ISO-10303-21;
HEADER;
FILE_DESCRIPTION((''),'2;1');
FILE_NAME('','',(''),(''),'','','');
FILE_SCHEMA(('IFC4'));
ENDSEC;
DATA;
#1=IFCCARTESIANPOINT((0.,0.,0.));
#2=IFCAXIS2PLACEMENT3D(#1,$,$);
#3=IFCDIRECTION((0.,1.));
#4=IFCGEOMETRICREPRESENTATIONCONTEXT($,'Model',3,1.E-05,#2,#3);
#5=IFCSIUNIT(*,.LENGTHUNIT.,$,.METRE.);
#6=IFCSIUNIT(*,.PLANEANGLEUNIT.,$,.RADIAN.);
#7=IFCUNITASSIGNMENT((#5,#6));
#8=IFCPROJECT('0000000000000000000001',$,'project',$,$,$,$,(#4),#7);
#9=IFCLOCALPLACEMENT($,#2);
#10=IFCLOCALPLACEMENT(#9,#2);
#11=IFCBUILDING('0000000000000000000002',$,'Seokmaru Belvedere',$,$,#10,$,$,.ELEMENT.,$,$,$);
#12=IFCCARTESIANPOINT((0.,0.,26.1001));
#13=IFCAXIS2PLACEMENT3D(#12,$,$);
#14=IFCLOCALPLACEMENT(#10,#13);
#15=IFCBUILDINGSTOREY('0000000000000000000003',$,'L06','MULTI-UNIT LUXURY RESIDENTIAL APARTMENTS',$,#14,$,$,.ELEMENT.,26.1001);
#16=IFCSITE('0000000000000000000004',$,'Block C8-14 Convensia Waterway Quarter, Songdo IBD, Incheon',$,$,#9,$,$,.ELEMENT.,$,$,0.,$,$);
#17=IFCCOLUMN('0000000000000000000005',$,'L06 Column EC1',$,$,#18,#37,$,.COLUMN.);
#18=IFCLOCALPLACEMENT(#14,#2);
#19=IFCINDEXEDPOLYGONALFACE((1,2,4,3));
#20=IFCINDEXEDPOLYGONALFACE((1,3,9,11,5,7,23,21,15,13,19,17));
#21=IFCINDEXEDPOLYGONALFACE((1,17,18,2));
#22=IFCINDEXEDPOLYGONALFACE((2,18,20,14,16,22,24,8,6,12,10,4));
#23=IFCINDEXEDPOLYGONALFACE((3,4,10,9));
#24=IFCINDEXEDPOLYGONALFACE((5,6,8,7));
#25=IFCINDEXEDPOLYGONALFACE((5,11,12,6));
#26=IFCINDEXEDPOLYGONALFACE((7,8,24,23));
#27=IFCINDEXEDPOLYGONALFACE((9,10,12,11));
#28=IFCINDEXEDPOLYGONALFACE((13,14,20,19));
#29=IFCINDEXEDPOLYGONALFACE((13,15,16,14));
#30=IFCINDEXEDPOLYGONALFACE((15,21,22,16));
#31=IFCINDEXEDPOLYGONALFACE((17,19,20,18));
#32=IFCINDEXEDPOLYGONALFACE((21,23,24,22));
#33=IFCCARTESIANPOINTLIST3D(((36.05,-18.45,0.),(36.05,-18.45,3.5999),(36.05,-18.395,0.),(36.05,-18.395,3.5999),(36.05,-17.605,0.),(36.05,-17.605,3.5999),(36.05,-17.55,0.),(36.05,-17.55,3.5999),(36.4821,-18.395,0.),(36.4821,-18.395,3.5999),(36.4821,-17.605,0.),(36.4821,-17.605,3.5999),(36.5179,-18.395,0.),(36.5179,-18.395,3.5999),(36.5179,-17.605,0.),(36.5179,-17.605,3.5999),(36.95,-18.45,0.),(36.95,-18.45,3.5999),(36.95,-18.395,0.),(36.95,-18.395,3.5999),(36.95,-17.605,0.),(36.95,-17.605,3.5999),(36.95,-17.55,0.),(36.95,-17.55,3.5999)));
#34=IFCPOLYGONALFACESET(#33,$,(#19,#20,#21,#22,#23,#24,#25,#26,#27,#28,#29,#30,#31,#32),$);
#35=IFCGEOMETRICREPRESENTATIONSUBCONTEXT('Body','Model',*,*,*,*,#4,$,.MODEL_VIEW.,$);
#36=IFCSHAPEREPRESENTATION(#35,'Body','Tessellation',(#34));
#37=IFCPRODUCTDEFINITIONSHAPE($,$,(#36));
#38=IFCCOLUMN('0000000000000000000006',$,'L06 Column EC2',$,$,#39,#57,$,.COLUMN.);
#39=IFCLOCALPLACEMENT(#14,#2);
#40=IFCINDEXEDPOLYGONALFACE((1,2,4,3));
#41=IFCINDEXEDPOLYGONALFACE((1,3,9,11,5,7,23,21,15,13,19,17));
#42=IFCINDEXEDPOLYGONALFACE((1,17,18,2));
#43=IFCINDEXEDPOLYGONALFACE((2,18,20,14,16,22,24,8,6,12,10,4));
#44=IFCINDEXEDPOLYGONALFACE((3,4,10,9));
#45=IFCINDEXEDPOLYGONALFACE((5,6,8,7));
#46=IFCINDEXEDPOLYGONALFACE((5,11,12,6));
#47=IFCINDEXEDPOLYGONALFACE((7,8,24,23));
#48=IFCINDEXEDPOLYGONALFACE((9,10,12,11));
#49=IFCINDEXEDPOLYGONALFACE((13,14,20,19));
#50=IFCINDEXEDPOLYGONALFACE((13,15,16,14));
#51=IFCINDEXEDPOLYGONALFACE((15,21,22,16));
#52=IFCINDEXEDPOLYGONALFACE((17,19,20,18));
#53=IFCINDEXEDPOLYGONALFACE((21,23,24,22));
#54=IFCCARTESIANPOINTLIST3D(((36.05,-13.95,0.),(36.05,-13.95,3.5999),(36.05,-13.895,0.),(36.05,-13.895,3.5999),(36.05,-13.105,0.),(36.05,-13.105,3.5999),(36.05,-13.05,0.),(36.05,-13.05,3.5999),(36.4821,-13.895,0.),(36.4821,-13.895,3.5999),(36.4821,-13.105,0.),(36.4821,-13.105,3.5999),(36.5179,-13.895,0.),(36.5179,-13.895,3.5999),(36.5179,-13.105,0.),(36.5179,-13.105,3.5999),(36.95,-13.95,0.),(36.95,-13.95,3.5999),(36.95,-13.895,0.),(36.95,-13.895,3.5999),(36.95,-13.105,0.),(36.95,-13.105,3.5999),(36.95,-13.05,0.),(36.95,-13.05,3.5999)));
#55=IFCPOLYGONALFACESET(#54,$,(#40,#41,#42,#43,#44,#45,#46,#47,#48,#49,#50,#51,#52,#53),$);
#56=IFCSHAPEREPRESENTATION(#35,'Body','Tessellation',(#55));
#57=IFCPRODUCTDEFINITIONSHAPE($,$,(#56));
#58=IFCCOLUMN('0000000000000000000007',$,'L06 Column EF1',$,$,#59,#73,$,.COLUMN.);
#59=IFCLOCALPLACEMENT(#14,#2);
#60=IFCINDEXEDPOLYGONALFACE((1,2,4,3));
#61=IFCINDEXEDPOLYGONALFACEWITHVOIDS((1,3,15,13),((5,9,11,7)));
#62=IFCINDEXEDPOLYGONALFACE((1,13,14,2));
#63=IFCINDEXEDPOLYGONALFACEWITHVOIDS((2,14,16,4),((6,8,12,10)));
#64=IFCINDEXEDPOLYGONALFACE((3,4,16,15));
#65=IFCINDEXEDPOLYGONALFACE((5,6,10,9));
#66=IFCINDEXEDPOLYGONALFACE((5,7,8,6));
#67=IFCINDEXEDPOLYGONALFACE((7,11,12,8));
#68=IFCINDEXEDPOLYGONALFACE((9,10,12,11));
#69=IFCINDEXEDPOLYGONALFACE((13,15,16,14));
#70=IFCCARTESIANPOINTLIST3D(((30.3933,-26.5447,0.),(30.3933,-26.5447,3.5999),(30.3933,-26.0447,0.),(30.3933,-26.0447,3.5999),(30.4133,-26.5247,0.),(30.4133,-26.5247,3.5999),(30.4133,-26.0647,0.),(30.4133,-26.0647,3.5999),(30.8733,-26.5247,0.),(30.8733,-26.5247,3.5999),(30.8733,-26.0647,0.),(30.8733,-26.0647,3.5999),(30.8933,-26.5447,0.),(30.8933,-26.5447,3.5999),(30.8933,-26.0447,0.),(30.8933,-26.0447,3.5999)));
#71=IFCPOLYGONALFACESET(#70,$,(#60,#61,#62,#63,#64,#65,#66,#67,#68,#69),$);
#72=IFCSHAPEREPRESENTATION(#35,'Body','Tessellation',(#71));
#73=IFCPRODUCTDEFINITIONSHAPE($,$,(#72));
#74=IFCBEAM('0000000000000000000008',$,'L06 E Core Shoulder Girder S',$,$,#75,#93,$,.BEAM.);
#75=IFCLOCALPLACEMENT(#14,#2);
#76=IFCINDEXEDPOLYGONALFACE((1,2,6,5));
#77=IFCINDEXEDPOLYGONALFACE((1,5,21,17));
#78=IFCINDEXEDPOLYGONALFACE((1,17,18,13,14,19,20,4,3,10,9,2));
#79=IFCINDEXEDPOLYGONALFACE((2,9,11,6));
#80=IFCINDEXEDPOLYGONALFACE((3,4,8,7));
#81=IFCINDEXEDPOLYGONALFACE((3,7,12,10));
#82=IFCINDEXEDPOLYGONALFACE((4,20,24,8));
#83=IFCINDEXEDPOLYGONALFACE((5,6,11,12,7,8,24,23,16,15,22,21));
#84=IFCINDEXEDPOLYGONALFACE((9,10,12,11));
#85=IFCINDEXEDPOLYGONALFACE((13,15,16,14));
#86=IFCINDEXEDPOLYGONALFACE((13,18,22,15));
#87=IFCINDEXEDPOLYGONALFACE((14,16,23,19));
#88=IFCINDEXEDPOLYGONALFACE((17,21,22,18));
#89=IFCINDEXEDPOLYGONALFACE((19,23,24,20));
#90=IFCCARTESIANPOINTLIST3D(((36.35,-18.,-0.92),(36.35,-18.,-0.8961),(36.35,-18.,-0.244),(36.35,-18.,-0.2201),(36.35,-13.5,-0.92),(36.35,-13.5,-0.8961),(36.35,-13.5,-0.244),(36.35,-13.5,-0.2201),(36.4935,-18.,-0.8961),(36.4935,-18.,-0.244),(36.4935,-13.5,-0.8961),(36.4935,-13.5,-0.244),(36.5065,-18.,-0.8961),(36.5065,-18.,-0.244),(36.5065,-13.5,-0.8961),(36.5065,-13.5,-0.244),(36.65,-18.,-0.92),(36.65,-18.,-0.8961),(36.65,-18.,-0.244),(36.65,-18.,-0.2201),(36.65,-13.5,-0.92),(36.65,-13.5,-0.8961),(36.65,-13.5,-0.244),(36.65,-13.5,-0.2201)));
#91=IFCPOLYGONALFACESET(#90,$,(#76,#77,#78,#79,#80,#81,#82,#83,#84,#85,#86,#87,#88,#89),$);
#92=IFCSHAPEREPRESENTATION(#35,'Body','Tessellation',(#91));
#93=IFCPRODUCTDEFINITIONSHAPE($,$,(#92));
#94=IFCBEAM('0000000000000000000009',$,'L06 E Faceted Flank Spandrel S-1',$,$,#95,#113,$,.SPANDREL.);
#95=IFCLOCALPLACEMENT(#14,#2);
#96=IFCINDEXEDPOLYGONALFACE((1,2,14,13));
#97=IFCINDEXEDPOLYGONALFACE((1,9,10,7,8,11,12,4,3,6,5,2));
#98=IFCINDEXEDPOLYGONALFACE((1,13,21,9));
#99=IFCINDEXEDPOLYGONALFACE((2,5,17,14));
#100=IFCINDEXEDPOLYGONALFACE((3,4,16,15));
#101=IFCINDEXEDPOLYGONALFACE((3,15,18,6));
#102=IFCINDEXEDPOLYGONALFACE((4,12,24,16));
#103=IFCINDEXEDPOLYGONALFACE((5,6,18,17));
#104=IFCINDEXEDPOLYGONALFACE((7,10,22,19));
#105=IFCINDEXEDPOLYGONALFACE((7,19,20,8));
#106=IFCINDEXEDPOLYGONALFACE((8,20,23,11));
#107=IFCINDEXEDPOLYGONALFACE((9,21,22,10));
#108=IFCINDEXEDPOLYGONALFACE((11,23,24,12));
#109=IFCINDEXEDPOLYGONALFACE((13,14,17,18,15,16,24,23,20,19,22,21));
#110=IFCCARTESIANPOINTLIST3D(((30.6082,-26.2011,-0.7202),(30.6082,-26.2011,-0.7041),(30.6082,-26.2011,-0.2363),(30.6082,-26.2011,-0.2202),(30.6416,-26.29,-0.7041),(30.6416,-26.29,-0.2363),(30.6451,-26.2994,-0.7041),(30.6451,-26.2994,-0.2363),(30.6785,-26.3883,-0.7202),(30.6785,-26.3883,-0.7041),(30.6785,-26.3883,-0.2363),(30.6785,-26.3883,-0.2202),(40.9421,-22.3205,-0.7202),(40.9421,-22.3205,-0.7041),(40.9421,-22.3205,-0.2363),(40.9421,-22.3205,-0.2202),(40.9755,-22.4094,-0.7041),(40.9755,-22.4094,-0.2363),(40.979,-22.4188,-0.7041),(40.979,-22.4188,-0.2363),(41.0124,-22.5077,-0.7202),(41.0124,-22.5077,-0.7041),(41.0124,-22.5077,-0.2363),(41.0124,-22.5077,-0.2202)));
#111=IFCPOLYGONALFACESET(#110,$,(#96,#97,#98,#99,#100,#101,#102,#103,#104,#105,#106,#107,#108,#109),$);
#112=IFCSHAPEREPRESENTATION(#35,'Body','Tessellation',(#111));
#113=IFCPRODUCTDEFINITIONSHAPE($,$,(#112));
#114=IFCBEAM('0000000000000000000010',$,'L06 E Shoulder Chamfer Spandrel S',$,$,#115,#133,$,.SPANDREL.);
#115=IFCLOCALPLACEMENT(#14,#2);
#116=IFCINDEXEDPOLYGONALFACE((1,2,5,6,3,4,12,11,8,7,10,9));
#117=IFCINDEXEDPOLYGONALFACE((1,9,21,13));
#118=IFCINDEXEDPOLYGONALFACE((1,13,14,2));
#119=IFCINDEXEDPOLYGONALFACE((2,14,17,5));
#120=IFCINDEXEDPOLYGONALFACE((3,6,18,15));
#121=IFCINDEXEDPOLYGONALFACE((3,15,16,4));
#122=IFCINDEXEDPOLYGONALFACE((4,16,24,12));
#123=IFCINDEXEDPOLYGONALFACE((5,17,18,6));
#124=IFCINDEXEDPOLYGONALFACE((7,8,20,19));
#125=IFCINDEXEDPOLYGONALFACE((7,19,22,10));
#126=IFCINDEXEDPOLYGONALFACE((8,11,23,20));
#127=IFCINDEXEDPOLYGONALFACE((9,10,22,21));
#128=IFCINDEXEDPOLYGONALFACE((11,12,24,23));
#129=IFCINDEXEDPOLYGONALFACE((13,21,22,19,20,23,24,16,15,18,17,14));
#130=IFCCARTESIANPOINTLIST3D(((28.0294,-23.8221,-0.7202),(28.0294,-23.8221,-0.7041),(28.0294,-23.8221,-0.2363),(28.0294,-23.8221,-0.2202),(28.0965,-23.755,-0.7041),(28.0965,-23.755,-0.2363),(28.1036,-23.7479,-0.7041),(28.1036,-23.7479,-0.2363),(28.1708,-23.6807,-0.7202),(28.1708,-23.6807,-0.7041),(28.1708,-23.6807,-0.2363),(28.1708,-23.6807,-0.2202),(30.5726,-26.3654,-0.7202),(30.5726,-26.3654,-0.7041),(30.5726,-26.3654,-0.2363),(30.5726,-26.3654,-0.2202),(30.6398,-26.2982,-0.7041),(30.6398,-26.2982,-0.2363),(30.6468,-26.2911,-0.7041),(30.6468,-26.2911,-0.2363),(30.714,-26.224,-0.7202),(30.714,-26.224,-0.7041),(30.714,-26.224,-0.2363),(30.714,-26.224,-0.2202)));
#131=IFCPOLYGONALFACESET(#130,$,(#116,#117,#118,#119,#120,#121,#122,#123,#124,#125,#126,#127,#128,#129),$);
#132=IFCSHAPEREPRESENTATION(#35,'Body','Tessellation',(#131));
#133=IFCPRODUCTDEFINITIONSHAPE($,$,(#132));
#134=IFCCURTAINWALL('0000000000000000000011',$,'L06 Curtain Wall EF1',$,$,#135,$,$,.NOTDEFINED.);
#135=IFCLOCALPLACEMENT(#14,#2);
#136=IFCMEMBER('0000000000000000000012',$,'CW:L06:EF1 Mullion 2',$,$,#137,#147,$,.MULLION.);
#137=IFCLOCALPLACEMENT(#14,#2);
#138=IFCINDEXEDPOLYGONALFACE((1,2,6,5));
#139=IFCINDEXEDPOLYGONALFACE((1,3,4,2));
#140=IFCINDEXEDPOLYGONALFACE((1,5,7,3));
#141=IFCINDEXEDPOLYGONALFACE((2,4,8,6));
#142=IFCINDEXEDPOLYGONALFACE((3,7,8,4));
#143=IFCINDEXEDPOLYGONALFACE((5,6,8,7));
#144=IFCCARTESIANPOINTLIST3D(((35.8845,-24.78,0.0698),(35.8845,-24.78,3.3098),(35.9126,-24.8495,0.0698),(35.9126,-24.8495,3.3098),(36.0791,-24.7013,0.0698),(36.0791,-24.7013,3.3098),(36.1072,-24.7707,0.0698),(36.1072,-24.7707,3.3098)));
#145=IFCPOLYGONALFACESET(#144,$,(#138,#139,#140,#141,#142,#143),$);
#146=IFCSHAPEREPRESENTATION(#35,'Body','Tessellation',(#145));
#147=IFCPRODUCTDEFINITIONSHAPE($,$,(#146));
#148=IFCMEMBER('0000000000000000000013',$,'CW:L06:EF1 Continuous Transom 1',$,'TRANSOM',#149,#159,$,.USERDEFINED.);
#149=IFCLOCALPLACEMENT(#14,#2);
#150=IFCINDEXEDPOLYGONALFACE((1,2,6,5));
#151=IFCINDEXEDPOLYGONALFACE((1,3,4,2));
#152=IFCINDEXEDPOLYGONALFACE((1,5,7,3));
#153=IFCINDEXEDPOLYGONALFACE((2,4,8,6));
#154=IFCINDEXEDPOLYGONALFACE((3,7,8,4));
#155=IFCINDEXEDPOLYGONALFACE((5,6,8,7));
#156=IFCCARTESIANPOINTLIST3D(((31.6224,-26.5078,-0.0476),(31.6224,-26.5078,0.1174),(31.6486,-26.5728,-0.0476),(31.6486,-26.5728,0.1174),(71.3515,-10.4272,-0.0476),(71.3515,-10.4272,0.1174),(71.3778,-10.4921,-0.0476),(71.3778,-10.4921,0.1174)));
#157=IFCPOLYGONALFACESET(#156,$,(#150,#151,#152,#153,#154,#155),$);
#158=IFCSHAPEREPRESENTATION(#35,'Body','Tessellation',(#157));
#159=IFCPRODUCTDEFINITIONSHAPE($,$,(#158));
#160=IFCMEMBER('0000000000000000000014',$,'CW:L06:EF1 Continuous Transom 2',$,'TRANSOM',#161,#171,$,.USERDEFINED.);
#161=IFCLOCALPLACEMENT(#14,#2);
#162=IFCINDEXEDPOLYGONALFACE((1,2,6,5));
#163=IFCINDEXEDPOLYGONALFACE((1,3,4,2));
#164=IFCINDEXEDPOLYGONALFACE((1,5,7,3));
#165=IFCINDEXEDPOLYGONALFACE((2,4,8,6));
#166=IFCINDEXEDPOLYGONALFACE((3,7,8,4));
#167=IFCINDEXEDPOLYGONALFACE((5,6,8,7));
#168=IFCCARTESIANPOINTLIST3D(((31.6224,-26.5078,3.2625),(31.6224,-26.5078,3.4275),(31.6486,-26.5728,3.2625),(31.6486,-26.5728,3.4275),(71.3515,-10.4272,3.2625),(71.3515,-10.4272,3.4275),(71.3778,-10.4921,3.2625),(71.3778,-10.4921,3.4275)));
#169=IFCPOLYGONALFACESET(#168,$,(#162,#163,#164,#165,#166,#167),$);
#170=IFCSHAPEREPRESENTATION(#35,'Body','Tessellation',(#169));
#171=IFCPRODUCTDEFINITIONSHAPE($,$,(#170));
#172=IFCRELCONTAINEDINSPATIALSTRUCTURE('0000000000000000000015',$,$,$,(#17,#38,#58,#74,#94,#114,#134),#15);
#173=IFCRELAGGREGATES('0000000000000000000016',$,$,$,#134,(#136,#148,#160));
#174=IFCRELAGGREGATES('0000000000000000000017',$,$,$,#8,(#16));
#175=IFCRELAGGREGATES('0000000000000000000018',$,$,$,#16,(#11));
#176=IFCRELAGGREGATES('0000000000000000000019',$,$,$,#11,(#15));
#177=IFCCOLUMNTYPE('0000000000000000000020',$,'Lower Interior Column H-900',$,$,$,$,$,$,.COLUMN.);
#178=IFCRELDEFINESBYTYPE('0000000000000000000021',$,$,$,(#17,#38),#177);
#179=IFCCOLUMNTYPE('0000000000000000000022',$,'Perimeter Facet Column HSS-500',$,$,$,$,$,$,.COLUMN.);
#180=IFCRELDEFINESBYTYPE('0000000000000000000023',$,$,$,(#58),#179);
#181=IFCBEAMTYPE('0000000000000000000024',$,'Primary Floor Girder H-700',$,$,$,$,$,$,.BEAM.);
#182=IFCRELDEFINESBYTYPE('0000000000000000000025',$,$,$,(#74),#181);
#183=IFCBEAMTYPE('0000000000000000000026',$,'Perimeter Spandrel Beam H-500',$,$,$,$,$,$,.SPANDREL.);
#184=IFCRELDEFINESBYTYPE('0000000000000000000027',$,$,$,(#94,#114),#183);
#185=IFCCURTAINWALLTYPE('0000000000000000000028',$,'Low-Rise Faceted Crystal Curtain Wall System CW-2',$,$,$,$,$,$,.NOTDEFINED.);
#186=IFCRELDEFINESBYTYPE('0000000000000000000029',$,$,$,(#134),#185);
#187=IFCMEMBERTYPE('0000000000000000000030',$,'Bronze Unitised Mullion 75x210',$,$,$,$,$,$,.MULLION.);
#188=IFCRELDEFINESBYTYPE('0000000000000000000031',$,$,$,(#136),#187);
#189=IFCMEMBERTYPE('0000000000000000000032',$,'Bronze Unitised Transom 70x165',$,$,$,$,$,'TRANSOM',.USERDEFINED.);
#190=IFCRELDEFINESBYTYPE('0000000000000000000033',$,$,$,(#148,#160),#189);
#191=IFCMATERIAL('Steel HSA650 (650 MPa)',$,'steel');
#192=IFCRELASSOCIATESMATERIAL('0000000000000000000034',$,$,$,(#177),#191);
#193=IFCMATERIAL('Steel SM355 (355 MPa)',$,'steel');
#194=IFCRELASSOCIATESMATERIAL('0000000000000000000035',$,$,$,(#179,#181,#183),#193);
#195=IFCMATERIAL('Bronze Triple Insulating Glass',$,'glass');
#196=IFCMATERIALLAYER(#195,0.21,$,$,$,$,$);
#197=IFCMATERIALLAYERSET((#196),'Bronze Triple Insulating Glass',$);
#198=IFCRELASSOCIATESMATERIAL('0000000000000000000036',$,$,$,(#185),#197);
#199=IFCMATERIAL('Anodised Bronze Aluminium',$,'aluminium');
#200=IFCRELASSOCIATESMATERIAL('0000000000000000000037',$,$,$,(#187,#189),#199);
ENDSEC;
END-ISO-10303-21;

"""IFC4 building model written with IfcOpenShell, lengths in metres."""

from ifc_helpers import new_model, si_unit, direction, frame, origin, origin_2d, place, context, subcontext, project, spatial, rectangle, hollow_rectangle, i_section, extrude, source, transform, mapped, material, layer, layer_set, material_profile, profile_set, type_object, type_shapes, element, aggregate, save


model = new_model("IFC4")

# Units and contexts
model_context = context("Model", 3, precision=1e-05, world=origin(), true_north=direction((0.0, 1.0)))
body_context = subcontext(model_context, "Body", "Model", "MODEL_VIEW")
ifc_project = project(units=[si_unit("LENGTHUNIT", "METRE"), si_unit("PLANEANGLEUNIT", "RADIAN")], contexts=[model_context])

# Site, building, storey
site_placement = place(None, origin())
site = spatial("IfcSite", under=ifc_project, at=site_placement, Name="Block C8-14 Convensia Waterway Quarter, Songdo IBD, Incheon", CompositionType="ELEMENT", RefElevation=0.0)
building_placement = place(site_placement, origin())
building = spatial("IfcBuilding", under=site, at=building_placement, Name="Seokmaru Belvedere", CompositionType="ELEMENT")
storey_placement = place(building_placement, frame((0.0, 0.0, 26.1001)))
storey = spatial("IfcBuildingStorey", under=building, at=storey_placement, Name="L06", Description="MULTI-UNIT LUXURY RESIDENTIAL APARTMENTS", CompositionType="ELEMENT", Elevation=26.1001)

# Columns
ifc_material_1 = material(Name="Steel HSA650 (650 MPa)", Category="steel")
ifc_material_profile_1 = material_profile(ifc_material_1, i_section(OverallWidth=0.8999, OverallDepth=0.8999, WebThickness=0.0359, FlangeThickness=0.0549, at=origin_2d()), Name="H-900x900x36x55")
ifc_profile_set_1 = profile_set([ifc_material_profile_1], Name="Steel HSA650 (650 MPa)")
column_type_1 = type_object("IfcColumnType", Name="Lower Interior Column H-900", PredefinedType="COLUMN", material=ifc_profile_set_1)
shared_shape_1 = source(origin(), body_context, "Body", "SweptSolid", [
    extrude(i_section(OverallWidth=0.8999, OverallDepth=0.8999, WebThickness=0.0359, FlangeThickness=0.0549, at=origin_2d()), origin(), (0.0, 0.0, 1.0), 3.5999),
])
type_shapes(column_type_1, [shared_shape_1])
for number, where, z_axis, x_axis, name in (
    (1, (36.5, -18.0, 0.0), (0.0, 0.0, 1.0), (1.0, 0.0, 0.0), "L06 Column EC1"),
    (2, (36.5, -13.5, 0.0), (0.0, 0.0, 1.0), (1.0, 0.0, 0.0), "L06 Column EC2"),
):
    element("IfcColumn", number, at=place(storey_placement, frame(where, z_axis=z_axis, x_axis=x_axis)), inside=storey, type_object=column_type_1, Name=name, PredefinedType="COLUMN", context=body_context, shape_type="MappedRepresentation", body=[
        mapped(shared_shape_1, transform((0.0, 0.0, 0.0), scale=1.0)),
    ])
ifc_material_2 = material(Name="Steel SM355 (355 MPa)", Category="steel")
ifc_material_profile_2 = material_profile(ifc_material_2, hollow_rectangle(XDim=0.5, YDim=0.5, WallThickness=0.02, at=origin_2d()), Name="HSS-500x500x20")
ifc_profile_set_2 = profile_set([ifc_material_profile_2], Name="Steel SM355 (355 MPa)")
column_type_2 = type_object("IfcColumnType", Name="Perimeter Facet Column HSS-500", PredefinedType="COLUMN", material=ifc_profile_set_2)
shared_shape_2 = source(origin(), body_context, "Body", "SweptSolid", [
    extrude(hollow_rectangle(XDim=0.5, YDim=0.5, WallThickness=0.02, at=origin_2d()), origin(), (0.0, 0.0, 1.0), 3.5999),
])
type_shapes(column_type_2, [shared_shape_2])
column_placement = place(storey_placement, frame((30.6433, -26.2947, 0.0), z_axis=(0.0, 0.0, 1.0), x_axis=(1.0, 0.0, 0.0)))
element("IfcColumn", 3, at=column_placement, inside=storey, type_object=column_type_2, Name="L06 Column EF1", PredefinedType="COLUMN", context=body_context, shape_type="MappedRepresentation", body=[
    mapped(shared_shape_2, transform((0.0, 0.0, 0.0), scale=1.0)),
])

# Beams
ifc_material_profile_3 = material_profile(ifc_material_2, i_section(OverallWidth=0.3, OverallDepth=0.7, WebThickness=0.0129, FlangeThickness=0.0239, at=origin_2d()), Name="H-700x300x13x24")
ifc_profile_set_3 = profile_set([ifc_material_profile_3], Name="Steel SM355 (355 MPa)")
beam_type_1 = type_object("IfcBeamType", Name="Primary Floor Girder H-700", PredefinedType="BEAM", material=ifc_profile_set_3)
shared_shape_3 = source(origin(), body_context, "Body", "SweptSolid", [
    extrude(i_section(OverallWidth=0.3, OverallDepth=0.7, WebThickness=0.0129, FlangeThickness=0.0239, at=origin_2d()), origin(), (0.0, 0.0, 1.0), 4.5),
])
type_shapes(beam_type_1, [shared_shape_3])
beam_1_placement = place(storey_placement, frame((36.5, -18.0, -0.5701), z_axis=(0.0, 1.0, 0.0), x_axis=(-1.0, 0.0, 0.0)))
element("IfcBeam", 4, at=beam_1_placement, inside=storey, type_object=beam_type_1, Name="L06 E Core Shoulder Girder S", PredefinedType="BEAM", context=body_context, shape_type="MappedRepresentation", body=[
    mapped(shared_shape_3, transform((0.0, 0.0, 0.0), scale=1.0)),
])
ifc_material_profile_4 = material_profile(ifc_material_2, i_section(OverallWidth=0.2, OverallDepth=0.5, WebThickness=0.01, FlangeThickness=0.0161, at=origin_2d()), Name="H-500x200x10x16")
ifc_profile_set_4 = profile_set([ifc_material_profile_4], Name="Steel SM355 (355 MPa)")
beam_type_2 = type_object("IfcBeamType", Name="Perimeter Spandrel Beam H-500", PredefinedType="SPANDREL", material=ifc_profile_set_4)
shared_shape_4 = source(origin(), body_context, "Body", "SweptSolid", [
    extrude(i_section(OverallWidth=0.2, OverallDepth=0.5, WebThickness=0.01, FlangeThickness=0.0161, at=origin_2d()), origin(), (0.0, 0.0, 1.0), 11.0386),
])
beam_2_placement = place(storey_placement, frame((30.6433, -26.2947, -0.4702), z_axis=(0.936169, 0.35155, 0.0), x_axis=(-0.35155, 0.936169, 0.0)))
element("IfcBeam", 5, at=beam_2_placement, inside=storey, type_object=beam_type_2, Name="L06 E Faceted Flank Spandrel S-1", PredefinedType="SPANDREL", context=body_context, shape_type="MappedRepresentation", body=[
    mapped(shared_shape_4, transform((0.0, 0.0, 0.0), scale=1.0)),
])
shared_shape_5 = source(origin(), body_context, "Body", "SweptSolid", [
    extrude(i_section(OverallWidth=0.2, OverallDepth=0.5, WebThickness=0.01, FlangeThickness=0.0161, at=origin_2d()), origin(), (0.0, 0.0, 1.0), 3.5967),
])
type_shapes(beam_type_2, [shared_shape_4, shared_shape_5])
beam_3_placement = place(storey_placement, frame((30.6433, -26.2947, -0.4702), z_axis=(-0.707107, 0.707107, 0.0), x_axis=(-0.707107, -0.707107, 0.0)))
element("IfcBeam", 6, at=beam_3_placement, inside=storey, type_object=beam_type_2, Name="L06 E Shoulder Chamfer Spandrel S", PredefinedType="SPANDREL", context=body_context, shape_type="MappedRepresentation", body=[
    mapped(shared_shape_5, transform((0.0, 0.0, 0.0), scale=1.0)),
])

# Curtain wall, members
ifc_material_3 = material(Name="Bronze Triple Insulating Glass", Category="glass")
ifc_layer_1 = layer(ifc_material_3, 0.21)
ifc_layer_set_1 = layer_set([ifc_layer_1], Name="Bronze Triple Insulating Glass")
curtain_wall_type = type_object("IfcCurtainWallType", Name="Low-Rise Faceted Crystal Curtain Wall System CW-2", PredefinedType="NOTDEFINED", material=ifc_layer_set_1)
curtain_wall_placement = place(storey_placement, origin())
curtain_wall = element("IfcCurtainWall", 7, at=curtain_wall_placement, inside=storey, type_object=curtain_wall_type, Name="L06 Curtain Wall EF1", PredefinedType="NOTDEFINED")
ifc_material_4 = material(Name="Anodised Bronze Aluminium", Category="aluminium")
ifc_material_profile_5 = material_profile(ifc_material_4, rectangle(XDim=0.075, YDim=0.21, at=origin_2d()), Name="CW-M-75x210")
ifc_profile_set_5 = profile_set([ifc_material_profile_5], Name="Anodised Bronze Aluminium")
member_type_1 = type_object("IfcMemberType", Name="Bronze Unitised Mullion 75x210", PredefinedType="MULLION", material=ifc_profile_set_5)
shared_shape_6 = source(origin(), body_context, "Body", "SweptSolid", [
    extrude(rectangle(XDim=0.075, YDim=0.21, at=origin_2d()), origin(), (0.0, 0.0, 1.0), 3.24),
])
member_1_placement = place(storey_placement, frame((35.9958, -24.7754, 0.0698), z_axis=(0.0, 0.0, 1.0), x_axis=(-0.375192, 0.926947, 0.0)))
member_1 = element("IfcMember", 8, at=member_1_placement, type_object=member_type_1, Name="CW:L06:EF1 Mullion 2", PredefinedType="MULLION", context=body_context, shape_type="MappedRepresentation", body=[
    mapped(shared_shape_6, transform((0.0, 0.0, 0.0), scale=1.0)),
])
ifc_material_profile_6 = material_profile(ifc_material_4, rectangle(XDim=0.0701, YDim=0.165, at=origin_2d()), Name="CW-T-70x165")
ifc_profile_set_6 = profile_set([ifc_material_profile_6], Name="Anodised Bronze Aluminium")
member_type_2 = type_object("IfcMemberType", Name="Bronze Unitised Transom 70x165", ElementType="TRANSOM", PredefinedType="USERDEFINED", material=ifc_profile_set_6)
shared_shape_7 = source(origin(), body_context, "Body", "SweptSolid", [
    extrude(rectangle(XDim=0.0701, YDim=0.165, at=origin_2d()), origin(), (0.0, 0.0, 1.0), 42.8601),
])
type_shapes(member_type_2, [shared_shape_7])
member_2_placement = place(storey_placement, frame((31.6355, -26.5403, 0.0349), z_axis=(0.926949, 0.375188, 0.0), x_axis=(-0.375188, 0.926949, 0.0)))
member_2 = element("IfcMember", 9, at=member_2_placement, type_object=member_type_2, Name="CW:L06:EF1 Continuous Transom 1", ObjectType="TRANSOM", PredefinedType="USERDEFINED", context=body_context, shape_type="MappedRepresentation", body=[
    mapped(shared_shape_7, transform((0.0, 0.0, 0.0), scale=1.0)),
])
member_3_placement = place(storey_placement, frame((31.6355, -26.5403, 3.345), z_axis=(0.926949, 0.375188, 0.0), x_axis=(-0.375188, 0.926949, 0.0)))
member_3 = element("IfcMember", 10, at=member_3_placement, type_object=member_type_2, Name="CW:L06:EF1 Continuous Transom 2", ObjectType="TRANSOM", PredefinedType="USERDEFINED", context=body_context, shape_type="MappedRepresentation", body=[
    mapped(shared_shape_7, transform((0.0, 0.0, 0.0), scale=1.0)),
])

aggregate(curtain_wall, [member_1, member_2, member_3])

save(model, "model.ifc")
